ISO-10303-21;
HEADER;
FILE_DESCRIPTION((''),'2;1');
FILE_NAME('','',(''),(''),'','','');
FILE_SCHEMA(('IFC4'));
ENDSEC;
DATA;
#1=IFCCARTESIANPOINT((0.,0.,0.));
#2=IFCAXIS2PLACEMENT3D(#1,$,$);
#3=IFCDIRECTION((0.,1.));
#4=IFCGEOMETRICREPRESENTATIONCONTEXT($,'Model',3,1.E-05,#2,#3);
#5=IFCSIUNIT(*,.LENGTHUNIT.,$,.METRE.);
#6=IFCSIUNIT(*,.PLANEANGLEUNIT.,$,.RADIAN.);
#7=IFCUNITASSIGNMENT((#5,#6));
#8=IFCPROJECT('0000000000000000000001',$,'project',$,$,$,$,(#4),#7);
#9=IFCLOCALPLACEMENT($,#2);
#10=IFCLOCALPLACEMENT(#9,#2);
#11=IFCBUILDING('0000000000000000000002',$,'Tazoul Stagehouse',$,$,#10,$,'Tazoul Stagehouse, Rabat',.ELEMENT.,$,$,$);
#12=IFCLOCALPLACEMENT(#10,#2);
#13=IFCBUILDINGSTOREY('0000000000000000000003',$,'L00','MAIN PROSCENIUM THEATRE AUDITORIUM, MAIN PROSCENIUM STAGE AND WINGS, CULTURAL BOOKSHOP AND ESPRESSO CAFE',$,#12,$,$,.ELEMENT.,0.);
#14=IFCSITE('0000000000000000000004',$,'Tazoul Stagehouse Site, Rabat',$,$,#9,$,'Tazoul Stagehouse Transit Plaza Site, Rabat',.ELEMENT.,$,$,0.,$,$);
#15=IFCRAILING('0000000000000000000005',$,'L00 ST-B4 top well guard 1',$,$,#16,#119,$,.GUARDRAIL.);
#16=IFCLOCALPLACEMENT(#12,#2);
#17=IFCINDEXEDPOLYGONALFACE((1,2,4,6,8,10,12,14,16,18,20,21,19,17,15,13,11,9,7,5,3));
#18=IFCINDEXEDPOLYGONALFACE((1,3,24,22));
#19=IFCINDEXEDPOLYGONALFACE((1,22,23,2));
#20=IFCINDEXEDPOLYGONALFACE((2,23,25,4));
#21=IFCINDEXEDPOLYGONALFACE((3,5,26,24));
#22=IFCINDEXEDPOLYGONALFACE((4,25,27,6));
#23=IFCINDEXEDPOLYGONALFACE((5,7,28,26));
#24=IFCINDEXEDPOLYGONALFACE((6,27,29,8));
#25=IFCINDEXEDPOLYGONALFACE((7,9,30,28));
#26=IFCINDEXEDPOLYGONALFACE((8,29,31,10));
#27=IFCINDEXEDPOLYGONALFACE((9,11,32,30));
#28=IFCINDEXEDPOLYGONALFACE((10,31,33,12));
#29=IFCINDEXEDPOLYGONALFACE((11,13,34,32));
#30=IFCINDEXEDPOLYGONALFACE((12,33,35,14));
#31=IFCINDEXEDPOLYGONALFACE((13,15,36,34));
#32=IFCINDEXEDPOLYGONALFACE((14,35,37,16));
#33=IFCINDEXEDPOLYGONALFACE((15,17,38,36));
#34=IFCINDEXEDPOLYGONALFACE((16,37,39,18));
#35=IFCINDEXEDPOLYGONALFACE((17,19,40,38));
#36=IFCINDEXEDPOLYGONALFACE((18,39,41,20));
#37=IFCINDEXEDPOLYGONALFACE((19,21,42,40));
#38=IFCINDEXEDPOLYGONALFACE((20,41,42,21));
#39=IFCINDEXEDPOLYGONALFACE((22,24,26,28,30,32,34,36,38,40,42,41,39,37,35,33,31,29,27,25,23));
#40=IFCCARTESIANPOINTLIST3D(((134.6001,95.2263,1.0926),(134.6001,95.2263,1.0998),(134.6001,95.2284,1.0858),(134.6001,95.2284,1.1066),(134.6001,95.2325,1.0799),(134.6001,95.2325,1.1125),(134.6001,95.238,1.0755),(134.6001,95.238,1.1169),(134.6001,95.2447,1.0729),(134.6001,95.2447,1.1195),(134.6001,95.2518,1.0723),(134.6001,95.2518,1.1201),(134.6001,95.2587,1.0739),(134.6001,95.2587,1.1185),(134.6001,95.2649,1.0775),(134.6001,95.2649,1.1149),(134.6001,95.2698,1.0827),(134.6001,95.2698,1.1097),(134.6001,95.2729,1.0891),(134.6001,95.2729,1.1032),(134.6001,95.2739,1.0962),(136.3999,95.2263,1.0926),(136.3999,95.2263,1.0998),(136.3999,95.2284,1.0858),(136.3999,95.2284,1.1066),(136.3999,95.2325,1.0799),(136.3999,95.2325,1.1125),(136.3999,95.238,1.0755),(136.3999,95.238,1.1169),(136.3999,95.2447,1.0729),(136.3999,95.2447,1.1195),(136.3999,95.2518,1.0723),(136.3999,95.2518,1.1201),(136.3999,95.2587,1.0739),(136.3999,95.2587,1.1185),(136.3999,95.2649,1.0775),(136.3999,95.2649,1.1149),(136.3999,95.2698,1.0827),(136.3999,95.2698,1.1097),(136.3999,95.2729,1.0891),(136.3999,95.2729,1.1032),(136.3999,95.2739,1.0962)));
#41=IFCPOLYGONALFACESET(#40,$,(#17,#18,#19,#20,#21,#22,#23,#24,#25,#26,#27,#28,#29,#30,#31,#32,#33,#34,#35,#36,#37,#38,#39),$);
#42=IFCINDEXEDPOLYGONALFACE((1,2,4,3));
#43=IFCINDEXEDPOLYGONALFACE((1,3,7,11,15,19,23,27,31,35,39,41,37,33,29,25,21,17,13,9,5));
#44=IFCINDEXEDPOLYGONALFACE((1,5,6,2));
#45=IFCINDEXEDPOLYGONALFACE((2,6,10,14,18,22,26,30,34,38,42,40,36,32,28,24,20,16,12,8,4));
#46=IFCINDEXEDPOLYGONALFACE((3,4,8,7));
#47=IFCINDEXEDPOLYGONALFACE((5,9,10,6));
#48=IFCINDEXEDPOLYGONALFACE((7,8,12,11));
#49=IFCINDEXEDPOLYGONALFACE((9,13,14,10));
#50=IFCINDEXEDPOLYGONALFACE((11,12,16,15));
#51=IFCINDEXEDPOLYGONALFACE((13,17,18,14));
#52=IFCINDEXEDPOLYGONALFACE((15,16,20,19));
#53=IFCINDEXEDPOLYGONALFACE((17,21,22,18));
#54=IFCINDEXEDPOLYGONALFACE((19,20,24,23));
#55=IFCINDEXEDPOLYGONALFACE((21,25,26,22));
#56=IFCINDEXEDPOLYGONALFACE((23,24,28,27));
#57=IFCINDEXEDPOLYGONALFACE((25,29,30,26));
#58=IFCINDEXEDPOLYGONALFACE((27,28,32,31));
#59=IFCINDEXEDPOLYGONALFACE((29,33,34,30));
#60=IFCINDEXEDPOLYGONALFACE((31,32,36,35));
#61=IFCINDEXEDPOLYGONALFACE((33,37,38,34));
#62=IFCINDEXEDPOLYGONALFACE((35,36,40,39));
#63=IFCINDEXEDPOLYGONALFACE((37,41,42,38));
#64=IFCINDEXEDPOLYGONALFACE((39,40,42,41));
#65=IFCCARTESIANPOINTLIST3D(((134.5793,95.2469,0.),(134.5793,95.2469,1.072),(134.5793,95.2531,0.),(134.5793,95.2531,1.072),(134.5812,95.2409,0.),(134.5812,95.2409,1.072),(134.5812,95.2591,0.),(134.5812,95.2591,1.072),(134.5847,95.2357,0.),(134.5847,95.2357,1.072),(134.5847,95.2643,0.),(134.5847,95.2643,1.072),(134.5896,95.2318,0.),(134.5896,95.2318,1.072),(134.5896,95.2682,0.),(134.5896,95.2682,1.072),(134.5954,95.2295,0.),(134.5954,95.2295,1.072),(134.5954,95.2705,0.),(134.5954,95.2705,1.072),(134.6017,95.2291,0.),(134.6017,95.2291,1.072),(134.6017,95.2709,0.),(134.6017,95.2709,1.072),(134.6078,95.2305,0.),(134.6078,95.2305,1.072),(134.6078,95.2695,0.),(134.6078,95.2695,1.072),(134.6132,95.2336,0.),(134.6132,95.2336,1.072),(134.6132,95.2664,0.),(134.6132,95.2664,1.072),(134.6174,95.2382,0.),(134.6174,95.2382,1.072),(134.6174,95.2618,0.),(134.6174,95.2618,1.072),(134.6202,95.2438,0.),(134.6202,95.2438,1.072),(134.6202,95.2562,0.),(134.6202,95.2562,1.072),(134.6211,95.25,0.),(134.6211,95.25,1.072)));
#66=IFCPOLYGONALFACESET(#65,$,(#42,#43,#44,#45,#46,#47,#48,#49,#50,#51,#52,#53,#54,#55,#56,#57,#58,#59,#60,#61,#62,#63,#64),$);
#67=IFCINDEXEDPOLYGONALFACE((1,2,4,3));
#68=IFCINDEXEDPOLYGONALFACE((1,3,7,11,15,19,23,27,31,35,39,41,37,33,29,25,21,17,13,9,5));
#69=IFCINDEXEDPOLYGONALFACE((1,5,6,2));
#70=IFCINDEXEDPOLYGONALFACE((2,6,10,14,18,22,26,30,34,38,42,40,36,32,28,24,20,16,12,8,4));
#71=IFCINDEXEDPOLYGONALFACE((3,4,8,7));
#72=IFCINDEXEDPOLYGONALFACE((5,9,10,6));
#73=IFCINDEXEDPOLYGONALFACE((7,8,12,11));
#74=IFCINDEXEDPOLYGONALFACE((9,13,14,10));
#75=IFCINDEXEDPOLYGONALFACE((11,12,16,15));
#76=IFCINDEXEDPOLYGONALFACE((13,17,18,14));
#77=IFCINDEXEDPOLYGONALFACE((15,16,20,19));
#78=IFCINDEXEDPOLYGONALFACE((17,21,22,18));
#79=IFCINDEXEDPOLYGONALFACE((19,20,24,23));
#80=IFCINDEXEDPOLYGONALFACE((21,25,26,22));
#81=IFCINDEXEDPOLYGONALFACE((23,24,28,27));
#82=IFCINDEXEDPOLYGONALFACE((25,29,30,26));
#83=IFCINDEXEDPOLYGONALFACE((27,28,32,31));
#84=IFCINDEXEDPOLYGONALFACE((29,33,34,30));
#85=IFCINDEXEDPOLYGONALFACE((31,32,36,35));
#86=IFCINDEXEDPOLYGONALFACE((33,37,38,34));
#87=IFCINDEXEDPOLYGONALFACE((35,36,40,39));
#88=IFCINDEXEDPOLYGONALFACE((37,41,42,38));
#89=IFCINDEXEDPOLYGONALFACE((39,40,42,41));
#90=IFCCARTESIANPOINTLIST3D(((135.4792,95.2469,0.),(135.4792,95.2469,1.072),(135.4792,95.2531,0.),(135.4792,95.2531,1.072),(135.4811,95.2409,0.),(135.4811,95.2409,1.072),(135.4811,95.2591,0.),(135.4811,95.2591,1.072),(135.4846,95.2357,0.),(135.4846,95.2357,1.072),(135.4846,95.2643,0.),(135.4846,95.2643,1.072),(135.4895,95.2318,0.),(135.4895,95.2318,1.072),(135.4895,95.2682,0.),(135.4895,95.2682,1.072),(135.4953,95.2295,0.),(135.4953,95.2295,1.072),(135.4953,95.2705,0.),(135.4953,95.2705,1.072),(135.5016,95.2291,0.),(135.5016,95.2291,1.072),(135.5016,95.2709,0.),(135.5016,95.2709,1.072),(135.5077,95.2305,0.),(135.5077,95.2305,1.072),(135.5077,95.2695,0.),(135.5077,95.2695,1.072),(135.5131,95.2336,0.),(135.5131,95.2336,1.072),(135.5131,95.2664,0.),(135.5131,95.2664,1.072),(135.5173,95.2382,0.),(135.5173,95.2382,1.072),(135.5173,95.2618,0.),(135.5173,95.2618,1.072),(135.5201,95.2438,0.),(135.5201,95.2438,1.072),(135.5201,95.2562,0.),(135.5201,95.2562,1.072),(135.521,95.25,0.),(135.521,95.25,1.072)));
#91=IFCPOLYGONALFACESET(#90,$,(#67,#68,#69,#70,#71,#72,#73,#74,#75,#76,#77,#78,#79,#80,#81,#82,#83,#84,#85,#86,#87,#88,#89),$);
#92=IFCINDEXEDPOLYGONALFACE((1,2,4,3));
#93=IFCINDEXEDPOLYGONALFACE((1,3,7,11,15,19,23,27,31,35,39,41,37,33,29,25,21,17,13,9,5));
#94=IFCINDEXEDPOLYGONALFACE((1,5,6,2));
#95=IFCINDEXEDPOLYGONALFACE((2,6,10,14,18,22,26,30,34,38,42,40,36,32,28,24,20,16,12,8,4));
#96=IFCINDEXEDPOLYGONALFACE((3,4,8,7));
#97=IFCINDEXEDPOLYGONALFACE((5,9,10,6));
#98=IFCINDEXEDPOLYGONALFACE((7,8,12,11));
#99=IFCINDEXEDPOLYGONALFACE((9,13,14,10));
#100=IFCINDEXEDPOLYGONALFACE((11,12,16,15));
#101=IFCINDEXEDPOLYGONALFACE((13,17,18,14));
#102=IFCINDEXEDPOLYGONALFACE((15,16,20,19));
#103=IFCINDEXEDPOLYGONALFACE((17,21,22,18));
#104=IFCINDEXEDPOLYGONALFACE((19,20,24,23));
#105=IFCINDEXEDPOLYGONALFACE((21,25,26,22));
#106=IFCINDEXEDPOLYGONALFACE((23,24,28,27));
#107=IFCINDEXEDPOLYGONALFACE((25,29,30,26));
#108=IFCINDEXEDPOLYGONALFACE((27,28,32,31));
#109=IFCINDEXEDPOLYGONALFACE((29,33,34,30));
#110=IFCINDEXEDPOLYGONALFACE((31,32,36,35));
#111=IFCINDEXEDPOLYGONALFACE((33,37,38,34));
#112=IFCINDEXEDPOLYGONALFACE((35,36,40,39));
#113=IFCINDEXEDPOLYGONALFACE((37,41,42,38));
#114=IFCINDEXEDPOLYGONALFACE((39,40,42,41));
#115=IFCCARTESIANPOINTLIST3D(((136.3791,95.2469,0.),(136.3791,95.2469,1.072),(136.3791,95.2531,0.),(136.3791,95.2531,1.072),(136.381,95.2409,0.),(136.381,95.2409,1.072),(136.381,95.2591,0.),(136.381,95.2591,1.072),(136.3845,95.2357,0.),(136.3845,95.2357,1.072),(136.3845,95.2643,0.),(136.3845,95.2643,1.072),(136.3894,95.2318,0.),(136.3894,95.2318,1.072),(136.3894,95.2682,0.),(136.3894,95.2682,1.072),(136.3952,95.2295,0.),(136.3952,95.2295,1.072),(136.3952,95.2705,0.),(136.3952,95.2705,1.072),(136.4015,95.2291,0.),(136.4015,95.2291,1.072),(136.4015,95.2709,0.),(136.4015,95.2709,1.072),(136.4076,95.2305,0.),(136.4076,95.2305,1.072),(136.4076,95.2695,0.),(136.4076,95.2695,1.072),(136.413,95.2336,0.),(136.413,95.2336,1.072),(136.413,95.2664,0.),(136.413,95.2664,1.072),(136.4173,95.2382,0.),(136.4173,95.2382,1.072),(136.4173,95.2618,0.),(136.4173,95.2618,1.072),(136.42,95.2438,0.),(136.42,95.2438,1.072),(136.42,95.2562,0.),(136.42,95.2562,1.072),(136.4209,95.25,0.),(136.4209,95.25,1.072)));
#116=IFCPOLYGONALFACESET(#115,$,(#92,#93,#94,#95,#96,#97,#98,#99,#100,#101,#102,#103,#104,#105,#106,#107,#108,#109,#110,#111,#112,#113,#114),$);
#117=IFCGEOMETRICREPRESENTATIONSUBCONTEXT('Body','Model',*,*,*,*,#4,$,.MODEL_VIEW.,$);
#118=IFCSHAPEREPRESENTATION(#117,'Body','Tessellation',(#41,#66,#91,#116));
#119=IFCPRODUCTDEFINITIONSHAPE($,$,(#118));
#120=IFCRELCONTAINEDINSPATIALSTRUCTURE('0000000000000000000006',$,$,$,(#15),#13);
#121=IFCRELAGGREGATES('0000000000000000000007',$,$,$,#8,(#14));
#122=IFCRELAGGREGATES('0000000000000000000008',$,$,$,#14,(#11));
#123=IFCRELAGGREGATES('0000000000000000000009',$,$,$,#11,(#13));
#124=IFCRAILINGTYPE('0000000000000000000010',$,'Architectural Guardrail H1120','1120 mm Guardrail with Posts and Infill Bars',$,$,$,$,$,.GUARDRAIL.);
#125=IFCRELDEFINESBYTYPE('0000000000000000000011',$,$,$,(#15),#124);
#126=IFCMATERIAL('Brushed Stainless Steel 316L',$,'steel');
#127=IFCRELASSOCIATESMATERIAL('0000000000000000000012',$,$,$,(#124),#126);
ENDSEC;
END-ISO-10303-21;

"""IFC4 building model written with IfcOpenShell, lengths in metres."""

from ifc_helpers import new_model, si_unit, direction, frame, origin, origin_2d, place, context, subcontext, project, spatial, circle, extrude, material, material_profile, profile_set, type_object, element, save


model = new_model("IFC4")

# Units and contexts
model_context = context("Model", 3, precision=1e-05, world=origin(), true_north=direction((0.0, 1.0)))
body_context = subcontext(model_context, "Body", "Model", "MODEL_VIEW")
ifc_project = project(units=[si_unit("LENGTHUNIT", "METRE"), si_unit("PLANEANGLEUNIT", "RADIAN")], contexts=[model_context])

# Site, building, storey
site_placement = place(None, origin())
site = spatial("IfcSite", under=ifc_project, at=site_placement, Name="Tazoul Stagehouse Site, Rabat", LongName="Tazoul Stagehouse Transit Plaza Site, Rabat", CompositionType="ELEMENT", RefElevation=0.0)
building_placement = place(site_placement, origin())
building = spatial("IfcBuilding", under=site, at=building_placement, Name="Tazoul Stagehouse", LongName="Tazoul Stagehouse, Rabat", CompositionType="ELEMENT")
storey_placement = place(building_placement, origin())
storey = spatial("IfcBuildingStorey", under=building, at=storey_placement, Name="L00", Description="MAIN PROSCENIUM THEATRE AUDITORIUM, MAIN PROSCENIUM STAGE AND WINGS, CULTURAL BOOKSHOP AND ESPRESSO CAFE", CompositionType="ELEMENT", Elevation=0.0)

# Railing
ifc_material_1 = material(Name="Brushed Stainless Steel 316L", Category="steel")
ifc_material_profile_1 = material_profile(ifc_material_1, circle(Radius=0.0239, at=origin_2d()), Name="SS RAIL D48")
ifc_profile_set_1 = profile_set([ifc_material_profile_1], Name="Brushed Stainless Steel 316L")
railing_type = type_object("IfcRailingType", Name="Architectural Guardrail H1120", Description="1120 mm Guardrail with Posts and Infill Bars", PredefinedType="GUARDRAIL", material=ifc_profile_set_1)
railing_1_placement = place(storey_placement, frame((134.6001, 95.25, 0.0)))
element("IfcRailing", 1, at=railing_1_placement, inside=storey, type_object=railing_type, Name="L00 ST-B4 top well guard 1", PredefinedType="GUARDRAIL", context=body_context, shape_type="SweptSolid", body=[
    extrude(circle(Radius=0.0239, at=origin_2d()), frame((0.0, 0.0, 1.0962), z_axis=(1.0, 0.0, 0.0), x_axis=(0.0, 1.0, 0.0)), (0.0, 0.0, 1.0), 1.7998),
    extrude(circle(Radius=0.021, at=origin_2d()), origin(), (0.0, 0.0, 1.0), 1.072),
    extrude(circle(Radius=0.021, at=origin_2d()), frame((0.8999, 0.0, 0.0)), (0.0, 0.0, 1.0), 1.072),
    extrude(circle(Radius=0.021, at=origin_2d()), frame((1.7998, 0.0, 0.0)), (0.0, 0.0, 1.0), 1.072),
])

save(model, "model.ifc")
